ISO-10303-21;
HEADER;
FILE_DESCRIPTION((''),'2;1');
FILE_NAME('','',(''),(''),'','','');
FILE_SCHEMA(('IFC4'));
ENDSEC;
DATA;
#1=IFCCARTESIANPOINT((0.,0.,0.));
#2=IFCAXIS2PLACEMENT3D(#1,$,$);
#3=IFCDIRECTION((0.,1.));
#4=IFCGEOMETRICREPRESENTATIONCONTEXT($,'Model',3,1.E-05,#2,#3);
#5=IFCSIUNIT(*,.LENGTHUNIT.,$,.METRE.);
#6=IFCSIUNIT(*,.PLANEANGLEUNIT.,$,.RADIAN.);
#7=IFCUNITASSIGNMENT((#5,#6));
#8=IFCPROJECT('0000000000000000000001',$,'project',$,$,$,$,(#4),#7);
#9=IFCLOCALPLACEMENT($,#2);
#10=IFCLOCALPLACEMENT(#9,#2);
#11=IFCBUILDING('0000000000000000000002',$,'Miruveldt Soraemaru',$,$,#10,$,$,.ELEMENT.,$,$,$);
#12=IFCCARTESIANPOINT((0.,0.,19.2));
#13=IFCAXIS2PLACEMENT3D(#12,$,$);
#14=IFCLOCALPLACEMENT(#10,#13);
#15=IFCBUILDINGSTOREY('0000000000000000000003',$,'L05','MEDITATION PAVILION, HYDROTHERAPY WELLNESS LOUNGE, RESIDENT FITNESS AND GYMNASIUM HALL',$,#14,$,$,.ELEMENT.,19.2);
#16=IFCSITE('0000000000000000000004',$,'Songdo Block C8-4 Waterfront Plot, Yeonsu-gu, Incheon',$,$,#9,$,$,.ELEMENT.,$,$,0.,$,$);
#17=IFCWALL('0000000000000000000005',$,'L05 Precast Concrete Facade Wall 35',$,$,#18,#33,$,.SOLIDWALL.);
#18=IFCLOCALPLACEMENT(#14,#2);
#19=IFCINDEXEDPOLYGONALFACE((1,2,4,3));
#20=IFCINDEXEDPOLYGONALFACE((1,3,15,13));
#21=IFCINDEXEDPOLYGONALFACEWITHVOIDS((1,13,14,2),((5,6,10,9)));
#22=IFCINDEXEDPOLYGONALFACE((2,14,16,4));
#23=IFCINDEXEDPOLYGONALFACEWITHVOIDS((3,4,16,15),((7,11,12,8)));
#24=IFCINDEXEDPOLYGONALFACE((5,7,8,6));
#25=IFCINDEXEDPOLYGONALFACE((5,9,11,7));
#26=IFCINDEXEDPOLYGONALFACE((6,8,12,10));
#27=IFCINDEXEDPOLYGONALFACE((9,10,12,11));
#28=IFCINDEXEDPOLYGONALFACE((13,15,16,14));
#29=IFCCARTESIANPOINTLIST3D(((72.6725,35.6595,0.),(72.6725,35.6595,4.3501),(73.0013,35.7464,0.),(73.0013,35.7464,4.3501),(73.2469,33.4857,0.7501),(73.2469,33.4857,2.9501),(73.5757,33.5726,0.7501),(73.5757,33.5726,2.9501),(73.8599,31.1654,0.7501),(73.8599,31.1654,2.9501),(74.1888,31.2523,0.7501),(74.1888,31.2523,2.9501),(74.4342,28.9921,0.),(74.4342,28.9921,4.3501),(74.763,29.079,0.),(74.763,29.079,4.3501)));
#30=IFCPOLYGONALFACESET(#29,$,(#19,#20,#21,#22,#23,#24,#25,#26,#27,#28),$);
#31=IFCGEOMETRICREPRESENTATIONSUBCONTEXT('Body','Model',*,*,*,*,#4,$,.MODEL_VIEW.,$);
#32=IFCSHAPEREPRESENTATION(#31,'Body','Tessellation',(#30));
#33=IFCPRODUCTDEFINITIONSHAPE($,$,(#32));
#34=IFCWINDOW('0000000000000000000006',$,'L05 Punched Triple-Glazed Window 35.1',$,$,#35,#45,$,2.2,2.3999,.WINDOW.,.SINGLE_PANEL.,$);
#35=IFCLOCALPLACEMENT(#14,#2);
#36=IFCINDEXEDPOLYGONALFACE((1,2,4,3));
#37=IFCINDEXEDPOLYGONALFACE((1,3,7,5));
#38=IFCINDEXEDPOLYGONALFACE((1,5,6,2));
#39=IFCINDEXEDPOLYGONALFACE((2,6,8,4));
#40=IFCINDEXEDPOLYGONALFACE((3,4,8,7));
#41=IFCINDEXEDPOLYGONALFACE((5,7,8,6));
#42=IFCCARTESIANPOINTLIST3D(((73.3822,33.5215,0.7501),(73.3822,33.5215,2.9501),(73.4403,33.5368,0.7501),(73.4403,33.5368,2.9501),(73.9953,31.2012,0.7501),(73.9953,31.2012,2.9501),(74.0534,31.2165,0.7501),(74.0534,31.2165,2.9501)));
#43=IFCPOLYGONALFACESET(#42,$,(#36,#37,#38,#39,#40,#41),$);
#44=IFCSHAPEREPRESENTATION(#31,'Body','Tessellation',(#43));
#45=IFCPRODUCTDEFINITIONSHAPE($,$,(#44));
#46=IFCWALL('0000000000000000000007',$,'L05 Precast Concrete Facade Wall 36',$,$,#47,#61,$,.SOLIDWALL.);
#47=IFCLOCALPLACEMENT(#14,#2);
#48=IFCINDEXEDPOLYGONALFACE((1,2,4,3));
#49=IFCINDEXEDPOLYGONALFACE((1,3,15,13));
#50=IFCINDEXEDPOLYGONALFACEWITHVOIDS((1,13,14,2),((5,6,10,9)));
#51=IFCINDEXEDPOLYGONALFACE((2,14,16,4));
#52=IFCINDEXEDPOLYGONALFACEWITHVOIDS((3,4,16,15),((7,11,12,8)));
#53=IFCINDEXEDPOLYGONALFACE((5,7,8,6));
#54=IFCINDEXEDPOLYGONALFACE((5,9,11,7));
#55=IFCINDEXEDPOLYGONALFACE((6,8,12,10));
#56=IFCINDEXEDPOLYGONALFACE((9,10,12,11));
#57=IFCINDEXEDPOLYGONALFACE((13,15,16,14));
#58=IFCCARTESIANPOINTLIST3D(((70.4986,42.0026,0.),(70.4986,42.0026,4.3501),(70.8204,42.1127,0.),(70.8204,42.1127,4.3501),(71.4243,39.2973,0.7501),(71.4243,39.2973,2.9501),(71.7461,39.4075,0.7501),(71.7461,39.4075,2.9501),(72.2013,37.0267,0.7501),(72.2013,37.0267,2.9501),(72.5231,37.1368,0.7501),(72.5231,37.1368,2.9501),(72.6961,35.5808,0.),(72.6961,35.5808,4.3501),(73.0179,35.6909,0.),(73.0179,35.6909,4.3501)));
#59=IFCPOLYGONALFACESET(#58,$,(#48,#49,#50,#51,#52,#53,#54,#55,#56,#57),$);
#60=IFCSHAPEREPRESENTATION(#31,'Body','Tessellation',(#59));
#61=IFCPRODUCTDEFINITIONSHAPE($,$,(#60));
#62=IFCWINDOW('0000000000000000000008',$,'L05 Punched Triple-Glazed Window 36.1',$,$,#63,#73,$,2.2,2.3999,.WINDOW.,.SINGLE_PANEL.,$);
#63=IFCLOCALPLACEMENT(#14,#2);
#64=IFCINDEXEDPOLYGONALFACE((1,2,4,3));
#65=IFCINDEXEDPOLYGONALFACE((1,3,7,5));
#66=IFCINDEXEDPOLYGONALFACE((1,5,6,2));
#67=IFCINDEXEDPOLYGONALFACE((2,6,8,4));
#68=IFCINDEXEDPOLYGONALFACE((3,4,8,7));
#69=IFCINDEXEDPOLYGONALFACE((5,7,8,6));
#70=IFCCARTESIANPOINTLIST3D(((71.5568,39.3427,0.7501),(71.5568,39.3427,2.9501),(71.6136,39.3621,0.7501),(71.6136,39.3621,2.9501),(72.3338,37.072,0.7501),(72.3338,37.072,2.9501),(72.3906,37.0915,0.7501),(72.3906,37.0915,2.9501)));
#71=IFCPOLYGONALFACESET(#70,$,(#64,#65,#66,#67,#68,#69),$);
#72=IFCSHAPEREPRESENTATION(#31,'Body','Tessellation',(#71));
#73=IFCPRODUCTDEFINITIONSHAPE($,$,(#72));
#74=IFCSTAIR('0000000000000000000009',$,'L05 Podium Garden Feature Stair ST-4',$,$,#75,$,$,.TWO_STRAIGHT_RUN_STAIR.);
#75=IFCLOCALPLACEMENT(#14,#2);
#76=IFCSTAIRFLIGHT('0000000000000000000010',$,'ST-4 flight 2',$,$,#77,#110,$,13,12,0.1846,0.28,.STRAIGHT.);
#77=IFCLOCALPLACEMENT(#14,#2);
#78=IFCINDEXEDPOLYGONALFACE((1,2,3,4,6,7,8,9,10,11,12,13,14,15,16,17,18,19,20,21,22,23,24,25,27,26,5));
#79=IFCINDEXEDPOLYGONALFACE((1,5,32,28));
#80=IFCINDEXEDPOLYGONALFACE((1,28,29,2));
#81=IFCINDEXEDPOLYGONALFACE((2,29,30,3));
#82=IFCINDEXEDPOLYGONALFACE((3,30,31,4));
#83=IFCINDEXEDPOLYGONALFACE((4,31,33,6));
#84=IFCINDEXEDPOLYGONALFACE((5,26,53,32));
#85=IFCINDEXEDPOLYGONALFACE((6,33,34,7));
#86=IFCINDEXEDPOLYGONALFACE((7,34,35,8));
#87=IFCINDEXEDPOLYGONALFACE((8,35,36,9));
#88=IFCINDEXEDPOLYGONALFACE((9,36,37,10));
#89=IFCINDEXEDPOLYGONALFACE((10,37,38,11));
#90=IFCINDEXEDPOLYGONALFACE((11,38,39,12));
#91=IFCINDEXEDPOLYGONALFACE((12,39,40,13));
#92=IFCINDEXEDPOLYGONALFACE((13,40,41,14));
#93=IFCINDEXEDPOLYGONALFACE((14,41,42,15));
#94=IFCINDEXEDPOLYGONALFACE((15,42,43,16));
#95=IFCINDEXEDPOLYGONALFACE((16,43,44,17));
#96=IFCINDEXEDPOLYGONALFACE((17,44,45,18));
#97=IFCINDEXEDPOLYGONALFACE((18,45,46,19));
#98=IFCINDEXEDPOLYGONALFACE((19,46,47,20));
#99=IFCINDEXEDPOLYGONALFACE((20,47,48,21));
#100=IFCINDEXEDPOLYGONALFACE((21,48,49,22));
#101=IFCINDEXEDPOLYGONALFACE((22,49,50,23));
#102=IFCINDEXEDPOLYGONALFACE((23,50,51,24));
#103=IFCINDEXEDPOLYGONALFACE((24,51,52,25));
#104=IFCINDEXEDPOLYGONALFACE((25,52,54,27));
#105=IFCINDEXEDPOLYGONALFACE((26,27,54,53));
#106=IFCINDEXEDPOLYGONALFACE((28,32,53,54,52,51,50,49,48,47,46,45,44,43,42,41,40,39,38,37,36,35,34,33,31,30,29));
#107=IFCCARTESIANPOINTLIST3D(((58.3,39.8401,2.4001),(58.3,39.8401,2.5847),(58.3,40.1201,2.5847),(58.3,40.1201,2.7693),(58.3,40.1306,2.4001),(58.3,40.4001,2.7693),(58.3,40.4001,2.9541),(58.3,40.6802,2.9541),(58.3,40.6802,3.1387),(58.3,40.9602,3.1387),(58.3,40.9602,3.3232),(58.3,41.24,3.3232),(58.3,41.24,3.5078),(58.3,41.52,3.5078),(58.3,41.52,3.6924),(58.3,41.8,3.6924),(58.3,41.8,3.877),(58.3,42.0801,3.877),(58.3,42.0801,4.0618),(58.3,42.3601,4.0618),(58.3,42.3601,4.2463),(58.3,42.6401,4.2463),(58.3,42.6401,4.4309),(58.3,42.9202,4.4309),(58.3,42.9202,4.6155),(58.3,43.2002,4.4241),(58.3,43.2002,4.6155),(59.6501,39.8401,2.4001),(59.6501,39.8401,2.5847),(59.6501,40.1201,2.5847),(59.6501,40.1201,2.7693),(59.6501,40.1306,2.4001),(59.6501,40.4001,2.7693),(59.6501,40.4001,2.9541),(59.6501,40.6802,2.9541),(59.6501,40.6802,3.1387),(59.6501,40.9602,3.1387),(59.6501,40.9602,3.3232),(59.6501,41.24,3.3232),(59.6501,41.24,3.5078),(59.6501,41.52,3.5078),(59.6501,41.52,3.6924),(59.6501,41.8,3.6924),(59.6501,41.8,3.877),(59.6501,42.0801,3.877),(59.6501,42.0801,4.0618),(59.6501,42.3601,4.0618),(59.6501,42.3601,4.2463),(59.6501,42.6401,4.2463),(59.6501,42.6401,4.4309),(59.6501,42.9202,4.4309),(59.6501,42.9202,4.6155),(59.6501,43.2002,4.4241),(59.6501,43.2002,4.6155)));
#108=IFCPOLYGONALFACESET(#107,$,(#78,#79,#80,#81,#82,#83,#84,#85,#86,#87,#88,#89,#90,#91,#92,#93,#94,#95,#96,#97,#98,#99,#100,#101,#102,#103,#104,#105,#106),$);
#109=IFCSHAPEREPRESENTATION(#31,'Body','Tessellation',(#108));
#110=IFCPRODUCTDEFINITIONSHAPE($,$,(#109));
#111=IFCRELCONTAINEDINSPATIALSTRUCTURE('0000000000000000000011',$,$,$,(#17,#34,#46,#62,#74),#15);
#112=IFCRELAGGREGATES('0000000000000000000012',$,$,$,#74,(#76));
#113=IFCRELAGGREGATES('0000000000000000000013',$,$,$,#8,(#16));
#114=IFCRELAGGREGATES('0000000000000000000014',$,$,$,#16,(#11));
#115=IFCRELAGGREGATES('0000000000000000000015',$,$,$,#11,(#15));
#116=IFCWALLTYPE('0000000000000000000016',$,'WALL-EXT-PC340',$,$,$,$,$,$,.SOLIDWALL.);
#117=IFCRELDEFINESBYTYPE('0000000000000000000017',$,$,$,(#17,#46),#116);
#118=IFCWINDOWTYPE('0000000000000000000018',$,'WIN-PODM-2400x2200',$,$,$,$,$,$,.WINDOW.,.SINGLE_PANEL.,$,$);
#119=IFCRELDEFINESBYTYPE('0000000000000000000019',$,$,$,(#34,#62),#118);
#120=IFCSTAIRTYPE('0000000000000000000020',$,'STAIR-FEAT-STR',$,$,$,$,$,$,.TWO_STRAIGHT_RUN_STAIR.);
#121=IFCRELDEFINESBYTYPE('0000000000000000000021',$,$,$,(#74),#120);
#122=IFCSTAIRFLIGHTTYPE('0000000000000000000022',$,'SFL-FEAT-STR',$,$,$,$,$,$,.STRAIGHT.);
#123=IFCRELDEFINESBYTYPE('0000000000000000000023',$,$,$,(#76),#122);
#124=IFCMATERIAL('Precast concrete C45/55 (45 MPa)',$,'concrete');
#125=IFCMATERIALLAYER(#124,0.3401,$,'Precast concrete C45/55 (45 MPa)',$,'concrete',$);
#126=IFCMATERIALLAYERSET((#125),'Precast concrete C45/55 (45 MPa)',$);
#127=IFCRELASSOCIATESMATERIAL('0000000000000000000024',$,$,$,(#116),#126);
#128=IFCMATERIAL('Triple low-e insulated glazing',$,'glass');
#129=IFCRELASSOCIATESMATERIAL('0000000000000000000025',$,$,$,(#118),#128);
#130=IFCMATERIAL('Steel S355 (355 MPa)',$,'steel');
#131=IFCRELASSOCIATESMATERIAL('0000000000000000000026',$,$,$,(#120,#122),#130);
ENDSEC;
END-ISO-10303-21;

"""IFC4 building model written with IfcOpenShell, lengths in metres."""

from ifc_helpers import new_model, si_unit, direction, frame, frame_2d, origin, place, context, subcontext, project, spatial, polyline, rectangle, outline, extrude, material, layer, layer_set, type_object, element, fill, aggregate, save


model = new_model("IFC4")

# Units and contexts
model_context = context("Model", 3, precision=1e-05, world=origin(), true_north=direction((0.0, 1.0)))
body_context = subcontext(model_context, "Body", "Model", "MODEL_VIEW")
ifc_project = project(units=[si_unit("LENGTHUNIT", "METRE"), si_unit("PLANEANGLEUNIT", "RADIAN")], contexts=[model_context])

# Site, building, storey
site_placement = place(None, origin())
site = spatial("IfcSite", under=ifc_project, at=site_placement, Name="Songdo Block C8-4 Waterfront Plot, Yeonsu-gu, Incheon", CompositionType="ELEMENT", RefElevation=0.0)
building_placement = place(site_placement, origin())
building = spatial("IfcBuilding", under=site, at=building_placement, Name="Miruveldt Soraemaru", CompositionType="ELEMENT")
storey_placement = place(building_placement, frame((0.0, 0.0, 19.2)))
storey = spatial("IfcBuildingStorey", under=building, at=storey_placement, Name="L05", Description="MEDITATION PAVILION, HYDROTHERAPY WELLNESS LOUNGE, RESIDENT FITNESS AND GYMNASIUM HALL", CompositionType="ELEMENT", Elevation=19.2)

# Walls, openings, windows
ifc_material_1 = material(Name="Precast concrete C45/55 (45 MPa)", Category="concrete")
ifc_layer_1 = layer(ifc_material_1, 0.3401, Name="Precast concrete C45/55 (45 MPa)", Category="concrete")
ifc_layer_set_1 = layer_set([ifc_layer_1], Name="Precast concrete C45/55 (45 MPa)")
wall_type_1 = type_object("IfcWallType", Name="WALL-EXT-PC340", PredefinedType="SOLIDWALL", material=ifc_layer_set_1)
ifc_material_2 = material(Name="Triple low-e insulated glazing", Category="glass")
window_type_1 = type_object("IfcWindowType", Name="WIN-PODM-2400x2200", PartitioningType="SINGLE_PANEL", PredefinedType="WINDOW", material=ifc_material_2)
wall_1_placement = place(storey_placement, frame((74.5986, 29.0354, 0.0), z_axis=(0.0, 0.0, 1.0), x_axis=(-0.255459, 0.96682, 0.0)))
wall_1 = element("IfcWall", 1, at=wall_1_placement, inside=storey, type_object=wall_type_1, Name="L05 Precast Concrete Facade Wall 35", PredefinedType="SOLIDWALL", context=body_context, shape_type="SweptSolid", body=[
    extrude(rectangle(XDim=6.8962, YDim=0.3401, at=frame_2d((3.4482, 0.0))), origin(), (0.0, 0.0, 1.0), 4.3501),
])
opening_1_placement = place(wall_1_placement, frame((2.248, 0.0, 0.75)))
opening_1 = element("IfcOpeningElement", 2, at=opening_1_placement, cuts=wall_1, PredefinedType="OPENING", context=body_context, shape_type="SweptSolid", body=[
    extrude(rectangle(XDim=2.3999, YDim=2.2, at=frame_2d((1.2, 1.1001))), frame((0.0, 0.1802, 0.0), z_axis=(0.0, -1.0, 0.0), x_axis=(1.0, 0.0, 0.0)), (0.0, 0.0, 1.0), 0.3601),
])
window_1_placement = place(opening_1_placement, origin())
window_1 = element("IfcWindow", 3, at=window_1_placement, inside=storey, type_object=window_type_1, Name="L05 Punched Triple-Glazed Window 35.1", OverallHeight=2.2, OverallWidth=2.3999, PartitioningType="SINGLE_PANEL", PredefinedType="WINDOW", context=body_context, shape_type="SweptSolid", body=[
    extrude(rectangle(XDim=2.3999, YDim=2.2, at=frame_2d((1.2, 1.1001))), frame((0.0, 0.03, 0.0), z_axis=(0.0, -1.0, 0.0), x_axis=(1.0, 0.0, 0.0)), (0.0, 0.0, 1.0), 0.0601),
])
fill(opening_1, window_1)
wall_2_placement = place(storey_placement, frame((72.8569, 35.636, 0.0), z_axis=(0.0, 0.0, 1.0), x_axis=(-0.323761, 0.946139, 0.0)))
wall_2 = element("IfcWall", 4, at=wall_2_placement, inside=storey, type_object=wall_type_1, Name="L05 Precast Concrete Facade Wall 36", PredefinedType="SOLIDWALL", context=body_context, shape_type="SweptSolid", body=[
    extrude(rectangle(XDim=6.7874, YDim=0.3401, at=frame_2d((3.3936, 0.0))), origin(), (0.0, 0.0, 1.0), 4.3501),
])
opening_2_placement = place(wall_2_placement, frame((1.5281, 0.0, 0.75)))
opening_2 = element("IfcOpeningElement", 5, at=opening_2_placement, cuts=wall_2, PredefinedType="OPENING", context=body_context, shape_type="SweptSolid", body=[
    extrude(rectangle(XDim=2.3999, YDim=2.2, at=frame_2d((1.2, 1.1001))), frame((0.0, 0.1802, 0.0), z_axis=(0.0, -1.0, 0.0), x_axis=(1.0, 0.0, 0.0)), (0.0, 0.0, 1.0), 0.3601),
])
window_2_placement = place(opening_2_placement, origin())
window_2 = element("IfcWindow", 6, at=window_2_placement, inside=storey, type_object=window_type_1, Name="L05 Punched Triple-Glazed Window 36.1", OverallHeight=2.2, OverallWidth=2.3999, PartitioningType="SINGLE_PANEL", PredefinedType="WINDOW", context=body_context, shape_type="SweptSolid", body=[
    extrude(rectangle(XDim=2.3999, YDim=2.2, at=frame_2d((1.2, 1.1001))), frame((0.0, 0.03, 0.0), z_axis=(0.0, -1.0, 0.0), x_axis=(1.0, 0.0, 0.0)), (0.0, 0.0, 1.0), 0.0601),
])
fill(opening_2, window_2)

# Stair, stair flight
ifc_material_3 = material(Name="Steel S355 (355 MPa)", Category="steel")
stair_type = type_object("IfcStairType", Name="STAIR-FEAT-STR", PredefinedType="TWO_STRAIGHT_RUN_STAIR", material=ifc_material_3)
stair_placement = place(storey_placement, origin())
stair = element("IfcStair", 7, at=stair_placement, inside=storey, type_object=stair_type, Name="L05 Podium Garden Feature Stair ST-4", PredefinedType="TWO_STRAIGHT_RUN_STAIR")
stair_flight_type = type_object("IfcStairFlightType", Name="SFL-FEAT-STR", PredefinedType="STRAIGHT", material=ifc_material_3)
stair_flight_placement = place(storey_placement, frame((58.9751, 39.8401, 2.4001), z_axis=(0.0, 0.0, 1.0), x_axis=(0.0, 1.0, 0.0)))
stair_flight = element("IfcStairFlight", 8, at=stair_flight_placement, type_object=stair_flight_type, Name="ST-4 flight 2", NumberOfRisers=13, NumberOfTreads=12, PredefinedType="STRAIGHT", RiserHeight=0.1846, TreadLength=0.28, context=body_context, shape_type="SweptSolid", body=[
    extrude(outline(polyline([(0.0, 0.0), (0.0, 0.1846), (0.28, 0.1846), (0.28, 0.3691), (0.5601, 0.3691), (0.5601, 0.554), (0.8401, 0.554), (0.8401, 0.7385), (1.1201, 0.7385), (1.1201, 0.9231), (1.3999, 0.9231), (1.3999, 1.1077), (1.6799, 1.1077), (1.6799, 1.2922), (1.96, 1.2922), (1.96, 1.4768), (2.24, 1.4768), (2.24, 1.6616), (2.52, 1.6616), (2.52, 1.8462), (2.8, 1.8462), (2.8, 2.0308), (3.0801, 2.0308), (3.0801, 2.2153), (3.3601, 2.2153), (3.3601, 2.3999), (3.3601, 2.0239), (0.2905, 0.0), (0.0, 0.0)])), frame((0.0, 0.675, 0.0), z_axis=(0.0, -1.0, 0.0), x_axis=(1.0, 0.0, 0.0)), (0.0, 0.0, 1.0), 1.3501),
])
aggregate(stair, [stair_flight])

save(model, "model.ifc")
